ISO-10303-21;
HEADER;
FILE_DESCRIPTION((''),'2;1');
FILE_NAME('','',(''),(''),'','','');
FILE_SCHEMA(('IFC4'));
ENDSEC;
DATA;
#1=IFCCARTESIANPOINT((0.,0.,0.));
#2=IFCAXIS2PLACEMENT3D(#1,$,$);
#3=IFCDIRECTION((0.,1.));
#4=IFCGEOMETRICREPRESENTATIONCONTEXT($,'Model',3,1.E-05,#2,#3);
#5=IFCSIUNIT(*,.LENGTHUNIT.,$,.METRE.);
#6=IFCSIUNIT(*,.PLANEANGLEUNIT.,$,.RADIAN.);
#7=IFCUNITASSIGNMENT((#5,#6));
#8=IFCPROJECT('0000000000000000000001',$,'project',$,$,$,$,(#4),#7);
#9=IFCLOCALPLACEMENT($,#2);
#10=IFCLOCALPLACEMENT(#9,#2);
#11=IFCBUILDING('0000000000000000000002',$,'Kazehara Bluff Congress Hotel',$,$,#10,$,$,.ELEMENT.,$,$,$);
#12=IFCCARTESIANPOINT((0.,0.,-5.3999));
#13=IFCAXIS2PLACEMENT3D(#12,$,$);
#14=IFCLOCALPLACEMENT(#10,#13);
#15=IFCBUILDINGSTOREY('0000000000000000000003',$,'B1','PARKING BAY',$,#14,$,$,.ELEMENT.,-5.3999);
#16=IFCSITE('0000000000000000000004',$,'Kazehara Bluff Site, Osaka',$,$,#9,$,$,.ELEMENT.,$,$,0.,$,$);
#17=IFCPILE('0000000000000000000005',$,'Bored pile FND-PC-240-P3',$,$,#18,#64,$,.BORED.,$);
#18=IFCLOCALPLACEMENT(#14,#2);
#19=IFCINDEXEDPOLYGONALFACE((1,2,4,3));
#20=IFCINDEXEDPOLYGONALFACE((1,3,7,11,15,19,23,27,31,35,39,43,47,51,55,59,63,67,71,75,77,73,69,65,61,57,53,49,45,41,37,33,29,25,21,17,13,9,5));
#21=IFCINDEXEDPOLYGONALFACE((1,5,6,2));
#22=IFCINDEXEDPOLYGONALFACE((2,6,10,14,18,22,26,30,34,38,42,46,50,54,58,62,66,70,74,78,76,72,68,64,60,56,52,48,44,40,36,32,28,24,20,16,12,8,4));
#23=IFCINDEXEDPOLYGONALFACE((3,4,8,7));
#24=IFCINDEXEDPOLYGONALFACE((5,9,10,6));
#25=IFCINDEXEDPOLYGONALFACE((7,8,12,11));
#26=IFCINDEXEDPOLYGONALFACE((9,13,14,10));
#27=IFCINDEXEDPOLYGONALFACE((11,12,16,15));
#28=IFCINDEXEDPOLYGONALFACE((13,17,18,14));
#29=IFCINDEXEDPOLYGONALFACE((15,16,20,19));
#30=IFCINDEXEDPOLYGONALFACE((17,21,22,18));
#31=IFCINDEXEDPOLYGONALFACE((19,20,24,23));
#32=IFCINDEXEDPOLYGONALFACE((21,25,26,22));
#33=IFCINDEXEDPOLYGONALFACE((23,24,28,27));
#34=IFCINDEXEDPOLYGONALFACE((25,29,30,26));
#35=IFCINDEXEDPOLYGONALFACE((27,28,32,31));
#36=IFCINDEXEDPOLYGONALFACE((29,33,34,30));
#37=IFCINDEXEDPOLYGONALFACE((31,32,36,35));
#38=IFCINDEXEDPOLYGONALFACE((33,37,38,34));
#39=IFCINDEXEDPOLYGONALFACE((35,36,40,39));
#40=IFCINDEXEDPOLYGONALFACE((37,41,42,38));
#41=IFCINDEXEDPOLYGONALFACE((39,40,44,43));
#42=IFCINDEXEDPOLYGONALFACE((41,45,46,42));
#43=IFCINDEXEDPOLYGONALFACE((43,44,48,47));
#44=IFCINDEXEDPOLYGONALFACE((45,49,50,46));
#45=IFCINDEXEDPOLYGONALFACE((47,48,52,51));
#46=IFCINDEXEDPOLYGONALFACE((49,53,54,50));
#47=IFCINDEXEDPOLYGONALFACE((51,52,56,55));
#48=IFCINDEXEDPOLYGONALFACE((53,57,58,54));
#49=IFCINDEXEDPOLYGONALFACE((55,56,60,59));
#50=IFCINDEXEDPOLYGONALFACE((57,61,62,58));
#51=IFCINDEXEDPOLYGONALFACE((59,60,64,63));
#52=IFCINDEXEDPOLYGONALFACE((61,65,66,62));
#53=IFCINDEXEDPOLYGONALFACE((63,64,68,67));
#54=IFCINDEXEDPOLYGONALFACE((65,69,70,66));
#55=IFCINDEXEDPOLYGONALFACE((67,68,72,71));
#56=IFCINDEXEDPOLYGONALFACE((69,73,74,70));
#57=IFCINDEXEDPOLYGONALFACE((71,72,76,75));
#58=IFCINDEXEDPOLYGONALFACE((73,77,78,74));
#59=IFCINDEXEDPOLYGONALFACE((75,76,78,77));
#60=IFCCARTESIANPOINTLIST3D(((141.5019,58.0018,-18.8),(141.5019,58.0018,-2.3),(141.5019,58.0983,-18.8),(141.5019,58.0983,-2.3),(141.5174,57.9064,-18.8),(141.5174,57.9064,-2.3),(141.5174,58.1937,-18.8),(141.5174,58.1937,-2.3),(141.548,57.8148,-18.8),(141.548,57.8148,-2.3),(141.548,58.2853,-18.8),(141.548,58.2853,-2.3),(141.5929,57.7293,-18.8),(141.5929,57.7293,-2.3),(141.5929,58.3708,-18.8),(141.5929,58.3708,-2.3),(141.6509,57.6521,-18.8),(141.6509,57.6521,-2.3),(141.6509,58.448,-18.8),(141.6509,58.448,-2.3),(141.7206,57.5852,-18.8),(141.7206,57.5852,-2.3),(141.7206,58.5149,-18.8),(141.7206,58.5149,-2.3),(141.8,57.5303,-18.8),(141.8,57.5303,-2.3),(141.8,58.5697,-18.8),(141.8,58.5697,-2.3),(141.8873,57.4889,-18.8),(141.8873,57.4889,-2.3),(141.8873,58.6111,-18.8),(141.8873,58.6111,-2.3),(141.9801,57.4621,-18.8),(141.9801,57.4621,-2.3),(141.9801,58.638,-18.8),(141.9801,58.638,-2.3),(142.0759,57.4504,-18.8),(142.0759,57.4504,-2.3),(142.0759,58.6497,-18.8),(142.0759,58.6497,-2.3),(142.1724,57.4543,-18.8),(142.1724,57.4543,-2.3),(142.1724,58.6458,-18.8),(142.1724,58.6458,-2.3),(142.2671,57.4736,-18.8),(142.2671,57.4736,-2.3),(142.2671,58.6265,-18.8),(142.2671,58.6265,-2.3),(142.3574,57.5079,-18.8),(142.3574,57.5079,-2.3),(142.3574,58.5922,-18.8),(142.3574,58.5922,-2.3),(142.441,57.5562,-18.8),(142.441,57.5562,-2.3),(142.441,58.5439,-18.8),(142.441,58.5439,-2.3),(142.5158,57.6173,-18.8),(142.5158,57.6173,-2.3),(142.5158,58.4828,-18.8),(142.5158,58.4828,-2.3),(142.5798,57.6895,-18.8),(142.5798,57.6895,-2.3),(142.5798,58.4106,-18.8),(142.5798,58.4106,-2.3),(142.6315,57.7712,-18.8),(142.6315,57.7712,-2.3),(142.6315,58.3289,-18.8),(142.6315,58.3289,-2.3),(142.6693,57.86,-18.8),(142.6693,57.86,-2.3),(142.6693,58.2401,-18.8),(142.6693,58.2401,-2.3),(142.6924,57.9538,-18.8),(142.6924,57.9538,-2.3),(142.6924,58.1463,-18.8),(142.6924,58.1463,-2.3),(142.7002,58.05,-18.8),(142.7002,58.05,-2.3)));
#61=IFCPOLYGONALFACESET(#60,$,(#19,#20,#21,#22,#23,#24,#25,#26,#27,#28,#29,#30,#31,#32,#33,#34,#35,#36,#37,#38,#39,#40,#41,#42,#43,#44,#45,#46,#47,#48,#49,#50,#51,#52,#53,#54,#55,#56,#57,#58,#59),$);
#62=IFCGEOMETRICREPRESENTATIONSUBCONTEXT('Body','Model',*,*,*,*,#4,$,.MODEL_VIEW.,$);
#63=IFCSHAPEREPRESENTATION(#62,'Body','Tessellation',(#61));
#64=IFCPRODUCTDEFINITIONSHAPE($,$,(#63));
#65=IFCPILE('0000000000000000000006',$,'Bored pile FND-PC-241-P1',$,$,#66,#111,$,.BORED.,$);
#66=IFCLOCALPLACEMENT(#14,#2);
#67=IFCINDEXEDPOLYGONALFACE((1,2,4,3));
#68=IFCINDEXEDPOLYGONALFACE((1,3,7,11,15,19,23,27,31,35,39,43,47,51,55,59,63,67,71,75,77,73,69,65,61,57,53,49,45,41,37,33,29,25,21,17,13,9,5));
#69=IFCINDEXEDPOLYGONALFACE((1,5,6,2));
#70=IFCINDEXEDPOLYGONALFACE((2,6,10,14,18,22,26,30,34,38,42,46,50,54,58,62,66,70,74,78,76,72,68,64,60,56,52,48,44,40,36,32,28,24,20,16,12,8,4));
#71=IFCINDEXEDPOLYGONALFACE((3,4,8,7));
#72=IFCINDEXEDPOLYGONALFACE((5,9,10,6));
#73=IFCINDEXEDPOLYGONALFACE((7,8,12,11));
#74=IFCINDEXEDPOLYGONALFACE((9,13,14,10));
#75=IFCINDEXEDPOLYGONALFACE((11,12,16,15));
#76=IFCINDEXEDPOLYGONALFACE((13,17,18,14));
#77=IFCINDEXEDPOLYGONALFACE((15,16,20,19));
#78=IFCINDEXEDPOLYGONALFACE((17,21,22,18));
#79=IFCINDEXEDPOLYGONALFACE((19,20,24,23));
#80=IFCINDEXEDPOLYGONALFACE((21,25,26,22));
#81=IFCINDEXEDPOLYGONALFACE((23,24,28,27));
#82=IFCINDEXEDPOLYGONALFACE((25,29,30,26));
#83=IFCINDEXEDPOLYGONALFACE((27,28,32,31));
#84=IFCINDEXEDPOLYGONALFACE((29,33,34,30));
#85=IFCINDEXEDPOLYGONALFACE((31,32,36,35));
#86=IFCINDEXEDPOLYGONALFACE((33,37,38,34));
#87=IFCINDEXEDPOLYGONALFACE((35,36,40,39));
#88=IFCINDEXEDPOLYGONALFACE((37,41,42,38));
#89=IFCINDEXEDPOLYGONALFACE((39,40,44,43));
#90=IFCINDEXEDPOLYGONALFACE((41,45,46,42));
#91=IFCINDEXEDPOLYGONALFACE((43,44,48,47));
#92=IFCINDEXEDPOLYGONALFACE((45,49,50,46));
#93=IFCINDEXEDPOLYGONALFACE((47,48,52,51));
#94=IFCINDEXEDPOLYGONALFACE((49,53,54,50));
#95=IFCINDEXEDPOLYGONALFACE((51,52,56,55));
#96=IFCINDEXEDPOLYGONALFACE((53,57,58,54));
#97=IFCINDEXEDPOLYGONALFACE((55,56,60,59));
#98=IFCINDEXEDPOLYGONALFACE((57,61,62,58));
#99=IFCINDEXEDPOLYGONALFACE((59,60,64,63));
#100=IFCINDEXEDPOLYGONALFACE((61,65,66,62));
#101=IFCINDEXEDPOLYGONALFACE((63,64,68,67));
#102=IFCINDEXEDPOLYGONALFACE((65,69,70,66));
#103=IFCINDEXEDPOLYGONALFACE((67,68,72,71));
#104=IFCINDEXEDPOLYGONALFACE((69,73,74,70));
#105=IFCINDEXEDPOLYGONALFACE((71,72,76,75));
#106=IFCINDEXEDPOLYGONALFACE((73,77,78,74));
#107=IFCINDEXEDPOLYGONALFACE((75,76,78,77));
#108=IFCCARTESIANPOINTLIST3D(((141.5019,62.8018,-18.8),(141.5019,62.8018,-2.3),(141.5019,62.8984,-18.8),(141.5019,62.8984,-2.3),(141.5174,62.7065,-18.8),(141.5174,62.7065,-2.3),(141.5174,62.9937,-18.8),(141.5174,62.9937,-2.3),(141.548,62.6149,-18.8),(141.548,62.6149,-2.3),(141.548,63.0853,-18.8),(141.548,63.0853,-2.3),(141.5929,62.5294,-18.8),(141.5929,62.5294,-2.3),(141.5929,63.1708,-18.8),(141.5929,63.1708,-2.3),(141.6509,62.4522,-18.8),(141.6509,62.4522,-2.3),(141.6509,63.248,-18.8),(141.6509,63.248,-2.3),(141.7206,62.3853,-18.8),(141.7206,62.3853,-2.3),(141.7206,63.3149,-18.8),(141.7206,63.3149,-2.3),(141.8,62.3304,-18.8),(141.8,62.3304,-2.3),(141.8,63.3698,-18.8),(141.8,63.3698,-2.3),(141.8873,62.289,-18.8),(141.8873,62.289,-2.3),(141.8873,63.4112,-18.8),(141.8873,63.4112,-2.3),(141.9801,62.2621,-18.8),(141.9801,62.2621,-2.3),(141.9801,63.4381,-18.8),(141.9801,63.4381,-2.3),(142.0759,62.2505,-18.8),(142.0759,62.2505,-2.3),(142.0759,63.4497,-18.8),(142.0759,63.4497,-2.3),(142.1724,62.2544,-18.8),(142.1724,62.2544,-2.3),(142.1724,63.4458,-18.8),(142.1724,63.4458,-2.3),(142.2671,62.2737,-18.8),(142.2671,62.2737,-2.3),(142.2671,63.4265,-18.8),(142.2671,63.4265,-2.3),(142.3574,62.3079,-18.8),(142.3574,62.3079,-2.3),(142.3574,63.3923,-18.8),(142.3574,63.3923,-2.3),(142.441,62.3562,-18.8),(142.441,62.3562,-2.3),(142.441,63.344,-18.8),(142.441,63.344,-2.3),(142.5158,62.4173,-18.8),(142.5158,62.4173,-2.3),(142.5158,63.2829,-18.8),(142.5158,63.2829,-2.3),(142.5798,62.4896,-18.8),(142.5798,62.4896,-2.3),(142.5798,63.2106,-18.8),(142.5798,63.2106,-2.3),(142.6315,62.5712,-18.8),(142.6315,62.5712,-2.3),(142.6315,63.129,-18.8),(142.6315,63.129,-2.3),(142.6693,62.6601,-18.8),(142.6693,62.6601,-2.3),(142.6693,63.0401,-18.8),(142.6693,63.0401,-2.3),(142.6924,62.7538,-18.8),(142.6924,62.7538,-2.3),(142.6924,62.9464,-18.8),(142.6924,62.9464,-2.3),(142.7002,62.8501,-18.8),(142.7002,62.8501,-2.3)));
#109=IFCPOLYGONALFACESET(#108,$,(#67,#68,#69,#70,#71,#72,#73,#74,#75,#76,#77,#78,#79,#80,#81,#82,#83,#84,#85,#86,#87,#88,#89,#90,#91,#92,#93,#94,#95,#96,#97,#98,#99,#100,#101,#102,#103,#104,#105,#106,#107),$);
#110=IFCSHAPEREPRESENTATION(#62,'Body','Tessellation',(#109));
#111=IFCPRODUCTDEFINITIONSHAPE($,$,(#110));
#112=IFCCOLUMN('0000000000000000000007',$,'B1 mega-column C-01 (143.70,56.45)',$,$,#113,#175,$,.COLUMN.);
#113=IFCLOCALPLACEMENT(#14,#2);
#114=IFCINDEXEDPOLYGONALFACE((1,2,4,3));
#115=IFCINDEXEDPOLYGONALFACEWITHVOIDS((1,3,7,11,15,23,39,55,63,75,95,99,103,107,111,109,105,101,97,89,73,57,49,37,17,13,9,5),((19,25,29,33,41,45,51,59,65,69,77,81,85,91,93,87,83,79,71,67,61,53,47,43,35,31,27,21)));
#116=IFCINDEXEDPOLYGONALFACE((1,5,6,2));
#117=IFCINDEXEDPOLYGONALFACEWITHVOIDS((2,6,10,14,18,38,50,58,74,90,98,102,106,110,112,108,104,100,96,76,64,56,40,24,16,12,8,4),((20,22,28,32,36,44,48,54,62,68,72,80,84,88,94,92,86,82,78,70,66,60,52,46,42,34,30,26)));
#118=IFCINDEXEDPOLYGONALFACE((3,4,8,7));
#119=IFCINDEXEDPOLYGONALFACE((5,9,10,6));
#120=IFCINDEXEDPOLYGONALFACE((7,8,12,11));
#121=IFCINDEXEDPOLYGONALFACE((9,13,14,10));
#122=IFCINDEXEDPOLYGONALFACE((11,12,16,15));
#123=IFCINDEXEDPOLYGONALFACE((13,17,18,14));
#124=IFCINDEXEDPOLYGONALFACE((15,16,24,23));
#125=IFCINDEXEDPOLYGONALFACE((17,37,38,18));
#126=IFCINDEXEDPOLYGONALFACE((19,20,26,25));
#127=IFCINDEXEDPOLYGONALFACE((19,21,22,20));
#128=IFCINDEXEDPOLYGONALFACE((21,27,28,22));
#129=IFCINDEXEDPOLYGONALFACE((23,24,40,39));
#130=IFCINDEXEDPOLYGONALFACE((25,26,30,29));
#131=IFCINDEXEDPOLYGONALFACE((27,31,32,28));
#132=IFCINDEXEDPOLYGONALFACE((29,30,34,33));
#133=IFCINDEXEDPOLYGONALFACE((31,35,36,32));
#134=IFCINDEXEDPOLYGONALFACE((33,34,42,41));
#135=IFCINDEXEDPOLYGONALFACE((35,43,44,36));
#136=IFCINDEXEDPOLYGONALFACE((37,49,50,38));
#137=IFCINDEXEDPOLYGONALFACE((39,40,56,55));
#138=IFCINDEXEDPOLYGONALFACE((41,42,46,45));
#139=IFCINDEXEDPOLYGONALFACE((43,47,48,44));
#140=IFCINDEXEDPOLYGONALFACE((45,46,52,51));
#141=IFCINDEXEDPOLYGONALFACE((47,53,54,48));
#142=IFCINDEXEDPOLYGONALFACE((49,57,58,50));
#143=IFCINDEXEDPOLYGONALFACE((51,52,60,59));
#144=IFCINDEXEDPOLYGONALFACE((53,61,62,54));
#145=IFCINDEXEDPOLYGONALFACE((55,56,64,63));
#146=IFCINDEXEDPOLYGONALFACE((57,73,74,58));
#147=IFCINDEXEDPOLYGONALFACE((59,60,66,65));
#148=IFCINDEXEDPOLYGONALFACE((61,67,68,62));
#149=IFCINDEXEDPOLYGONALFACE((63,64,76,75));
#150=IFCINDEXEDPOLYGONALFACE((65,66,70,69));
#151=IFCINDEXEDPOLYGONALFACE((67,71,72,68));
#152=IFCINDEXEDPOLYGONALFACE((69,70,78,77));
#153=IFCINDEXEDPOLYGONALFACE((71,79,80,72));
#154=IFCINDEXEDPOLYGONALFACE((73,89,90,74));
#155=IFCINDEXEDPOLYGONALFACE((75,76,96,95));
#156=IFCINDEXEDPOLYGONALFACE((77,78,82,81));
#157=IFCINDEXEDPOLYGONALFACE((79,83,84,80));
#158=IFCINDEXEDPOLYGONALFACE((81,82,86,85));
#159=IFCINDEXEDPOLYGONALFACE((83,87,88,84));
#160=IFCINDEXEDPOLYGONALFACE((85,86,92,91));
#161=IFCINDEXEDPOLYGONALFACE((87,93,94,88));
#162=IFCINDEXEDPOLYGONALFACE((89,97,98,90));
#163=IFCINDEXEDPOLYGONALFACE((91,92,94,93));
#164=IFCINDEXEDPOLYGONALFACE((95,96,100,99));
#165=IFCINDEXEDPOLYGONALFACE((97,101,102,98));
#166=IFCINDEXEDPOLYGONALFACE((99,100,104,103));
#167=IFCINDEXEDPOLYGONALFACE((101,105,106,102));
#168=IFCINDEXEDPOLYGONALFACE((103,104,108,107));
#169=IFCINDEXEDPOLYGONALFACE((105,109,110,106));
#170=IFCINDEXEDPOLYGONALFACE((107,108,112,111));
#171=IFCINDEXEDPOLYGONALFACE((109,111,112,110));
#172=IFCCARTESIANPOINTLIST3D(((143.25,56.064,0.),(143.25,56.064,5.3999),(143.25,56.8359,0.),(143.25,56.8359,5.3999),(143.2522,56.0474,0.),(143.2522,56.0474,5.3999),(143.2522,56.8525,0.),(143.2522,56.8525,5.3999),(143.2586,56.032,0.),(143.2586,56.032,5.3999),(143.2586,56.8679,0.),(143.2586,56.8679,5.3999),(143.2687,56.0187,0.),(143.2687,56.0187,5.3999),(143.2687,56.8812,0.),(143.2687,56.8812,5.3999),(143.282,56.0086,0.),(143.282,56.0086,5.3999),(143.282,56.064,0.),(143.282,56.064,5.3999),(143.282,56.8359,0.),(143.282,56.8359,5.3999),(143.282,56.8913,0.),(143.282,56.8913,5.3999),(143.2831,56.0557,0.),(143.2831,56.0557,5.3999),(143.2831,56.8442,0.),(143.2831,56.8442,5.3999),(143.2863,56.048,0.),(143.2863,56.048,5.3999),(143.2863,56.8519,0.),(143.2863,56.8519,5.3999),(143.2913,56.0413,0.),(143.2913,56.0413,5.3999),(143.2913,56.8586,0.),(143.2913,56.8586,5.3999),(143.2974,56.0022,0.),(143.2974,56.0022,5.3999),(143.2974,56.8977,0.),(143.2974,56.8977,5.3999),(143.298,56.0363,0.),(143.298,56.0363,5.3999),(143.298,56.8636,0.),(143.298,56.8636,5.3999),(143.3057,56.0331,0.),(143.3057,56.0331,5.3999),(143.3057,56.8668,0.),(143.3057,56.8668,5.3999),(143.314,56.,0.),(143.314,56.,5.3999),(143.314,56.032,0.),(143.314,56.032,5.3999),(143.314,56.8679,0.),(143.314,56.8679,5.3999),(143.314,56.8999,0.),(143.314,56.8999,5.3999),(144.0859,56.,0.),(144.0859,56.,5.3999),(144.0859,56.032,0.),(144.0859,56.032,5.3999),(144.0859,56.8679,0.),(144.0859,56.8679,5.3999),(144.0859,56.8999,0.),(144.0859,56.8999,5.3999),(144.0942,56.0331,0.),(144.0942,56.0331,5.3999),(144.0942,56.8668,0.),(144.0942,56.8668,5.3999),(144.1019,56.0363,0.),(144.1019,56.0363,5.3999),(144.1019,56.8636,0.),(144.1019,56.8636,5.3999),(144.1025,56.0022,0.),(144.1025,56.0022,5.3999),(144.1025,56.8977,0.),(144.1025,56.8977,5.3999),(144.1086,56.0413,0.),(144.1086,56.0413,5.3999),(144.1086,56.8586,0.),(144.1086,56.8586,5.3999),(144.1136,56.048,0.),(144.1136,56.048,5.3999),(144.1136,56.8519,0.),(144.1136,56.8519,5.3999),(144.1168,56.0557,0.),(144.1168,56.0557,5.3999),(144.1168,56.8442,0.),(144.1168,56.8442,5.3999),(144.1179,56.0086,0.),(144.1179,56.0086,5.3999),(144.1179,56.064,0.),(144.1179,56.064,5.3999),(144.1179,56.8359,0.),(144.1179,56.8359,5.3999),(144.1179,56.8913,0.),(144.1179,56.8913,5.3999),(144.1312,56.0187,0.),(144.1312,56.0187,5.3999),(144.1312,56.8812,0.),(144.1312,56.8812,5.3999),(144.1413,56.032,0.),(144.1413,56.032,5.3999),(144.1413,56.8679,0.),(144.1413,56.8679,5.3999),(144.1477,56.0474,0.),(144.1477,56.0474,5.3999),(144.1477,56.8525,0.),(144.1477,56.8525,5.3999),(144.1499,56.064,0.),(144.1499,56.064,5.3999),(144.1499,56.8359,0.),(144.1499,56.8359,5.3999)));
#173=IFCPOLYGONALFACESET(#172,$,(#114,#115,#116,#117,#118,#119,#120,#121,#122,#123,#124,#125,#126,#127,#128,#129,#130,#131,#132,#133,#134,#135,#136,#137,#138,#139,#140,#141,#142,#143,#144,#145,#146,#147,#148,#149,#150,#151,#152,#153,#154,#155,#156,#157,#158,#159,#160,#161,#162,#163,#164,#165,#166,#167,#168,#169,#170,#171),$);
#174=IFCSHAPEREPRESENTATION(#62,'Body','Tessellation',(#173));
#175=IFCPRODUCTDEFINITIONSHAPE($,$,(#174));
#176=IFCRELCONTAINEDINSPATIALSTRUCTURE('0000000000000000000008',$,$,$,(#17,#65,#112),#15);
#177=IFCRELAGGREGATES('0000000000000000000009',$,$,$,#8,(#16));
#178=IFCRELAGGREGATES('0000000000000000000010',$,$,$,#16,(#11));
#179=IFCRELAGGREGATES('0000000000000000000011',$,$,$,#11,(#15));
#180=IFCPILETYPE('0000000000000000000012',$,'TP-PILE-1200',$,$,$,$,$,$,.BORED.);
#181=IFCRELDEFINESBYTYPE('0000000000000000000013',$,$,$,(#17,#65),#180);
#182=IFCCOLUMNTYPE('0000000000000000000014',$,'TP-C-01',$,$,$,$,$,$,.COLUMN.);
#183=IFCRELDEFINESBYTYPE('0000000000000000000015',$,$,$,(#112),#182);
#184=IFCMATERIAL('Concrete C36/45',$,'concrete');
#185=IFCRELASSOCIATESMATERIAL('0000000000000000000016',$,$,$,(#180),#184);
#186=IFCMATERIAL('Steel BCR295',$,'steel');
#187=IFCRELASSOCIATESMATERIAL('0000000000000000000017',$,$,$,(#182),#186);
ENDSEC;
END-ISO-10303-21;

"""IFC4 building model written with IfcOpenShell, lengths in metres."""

from ifc_helpers import new_model, si_unit, direction, frame, origin, origin_2d, place, context, subcontext, project, spatial, hollow_rectangle, circle, extrude, material, material_profile, profile_set, type_object, element, save


model = new_model("IFC4")

# Units and contexts
model_context = context("Model", 3, precision=1e-05, world=origin(), true_north=direction((0.0, 1.0)))
body_context = subcontext(model_context, "Body", "Model", "MODEL_VIEW")
ifc_project = project(units=[si_unit("LENGTHUNIT", "METRE"), si_unit("PLANEANGLEUNIT", "RADIAN")], contexts=[model_context])

# Site, building, storey
site_placement = place(None, origin())
site = spatial("IfcSite", under=ifc_project, at=site_placement, Name="Kazehara Bluff Site, Osaka", CompositionType="ELEMENT", RefElevation=0.0)
building_placement = place(site_placement, origin())
building = spatial("IfcBuilding", under=site, at=building_placement, Name="Kazehara Bluff Congress Hotel", CompositionType="ELEMENT")
storey_placement = place(building_placement, frame((0.0, 0.0, -5.3999)))
storey = spatial("IfcBuildingStorey", under=building, at=storey_placement, Name="B1", Description="PARKING BAY", CompositionType="ELEMENT", Elevation=-5.3999)

# Piles
ifc_material_1 = material(Name="Concrete C36/45", Category="concrete")
ifc_material_profile_1 = material_profile(ifc_material_1, circle(Radius=0.6001, at=origin_2d()))
ifc_profile_set_1 = profile_set([ifc_material_profile_1], Name="Concrete C36/45")
pile_type = type_object("IfcPileType", Name="TP-PILE-1200", PredefinedType="BORED", material=ifc_profile_set_1)
for number, where, z_axis, x_axis, name in (
    (1, (142.1001, 58.05, -2.3), (0.0, 0.0, -1.0), (1.0, 0.0, 0.0), "Bored pile FND-PC-240-P3"),
    (2, (142.1001, 62.8501, -2.3), (0.0, 0.0, -1.0), (1.0, 0.0, 0.0), "Bored pile FND-PC-241-P1"),
):
    element("IfcPile", number, at=place(storey_placement, frame(where, z_axis=z_axis, x_axis=x_axis)), inside=storey, type_object=pile_type, Name=name, PredefinedType="BORED", context=body_context, shape_type="SweptSolid", body=[
        extrude(circle(Radius=0.6001, at=origin_2d()), origin(), (0.0, 0.0, 1.0), 16.5),
    ])

# Column
ifc_material_2 = material(Name="Steel BCR295", Category="steel")
ifc_material_profile_2 = material_profile(ifc_material_2, hollow_rectangle(XDim=0.8999, YDim=0.8999, WallThickness=0.032, InnerFilletRadius=0.032, OuterFilletRadius=0.064, at=origin_2d()))
ifc_profile_set_2 = profile_set([ifc_material_profile_2], Name="Steel BCR295")
column_type_1 = type_object("IfcColumnType", Name="TP-C-01", PredefinedType="COLUMN", material=ifc_profile_set_2)
for number, where, z_axis, x_axis, name in (
    (3, (143.7, 56.45, 0.0), (0.0, 0.0, 1.0), (1.0, 0.0, 0.0), "B1 mega-column C-01 (143.70,56.45)"),
):
    element("IfcColumn", number, at=place(storey_placement, frame(where, z_axis=z_axis, x_axis=x_axis)), inside=storey, type_object=column_type_1, Name=name, PredefinedType="COLUMN", context=body_context, shape_type="SweptSolid", body=[
        extrude(hollow_rectangle(XDim=0.8999, YDim=0.8999, WallThickness=0.032, InnerFilletRadius=0.032, OuterFilletRadius=0.064, at=origin_2d()), origin(), (0.0, 0.0, 1.0), 5.3999),
    ])

save(model, "model.ifc")
